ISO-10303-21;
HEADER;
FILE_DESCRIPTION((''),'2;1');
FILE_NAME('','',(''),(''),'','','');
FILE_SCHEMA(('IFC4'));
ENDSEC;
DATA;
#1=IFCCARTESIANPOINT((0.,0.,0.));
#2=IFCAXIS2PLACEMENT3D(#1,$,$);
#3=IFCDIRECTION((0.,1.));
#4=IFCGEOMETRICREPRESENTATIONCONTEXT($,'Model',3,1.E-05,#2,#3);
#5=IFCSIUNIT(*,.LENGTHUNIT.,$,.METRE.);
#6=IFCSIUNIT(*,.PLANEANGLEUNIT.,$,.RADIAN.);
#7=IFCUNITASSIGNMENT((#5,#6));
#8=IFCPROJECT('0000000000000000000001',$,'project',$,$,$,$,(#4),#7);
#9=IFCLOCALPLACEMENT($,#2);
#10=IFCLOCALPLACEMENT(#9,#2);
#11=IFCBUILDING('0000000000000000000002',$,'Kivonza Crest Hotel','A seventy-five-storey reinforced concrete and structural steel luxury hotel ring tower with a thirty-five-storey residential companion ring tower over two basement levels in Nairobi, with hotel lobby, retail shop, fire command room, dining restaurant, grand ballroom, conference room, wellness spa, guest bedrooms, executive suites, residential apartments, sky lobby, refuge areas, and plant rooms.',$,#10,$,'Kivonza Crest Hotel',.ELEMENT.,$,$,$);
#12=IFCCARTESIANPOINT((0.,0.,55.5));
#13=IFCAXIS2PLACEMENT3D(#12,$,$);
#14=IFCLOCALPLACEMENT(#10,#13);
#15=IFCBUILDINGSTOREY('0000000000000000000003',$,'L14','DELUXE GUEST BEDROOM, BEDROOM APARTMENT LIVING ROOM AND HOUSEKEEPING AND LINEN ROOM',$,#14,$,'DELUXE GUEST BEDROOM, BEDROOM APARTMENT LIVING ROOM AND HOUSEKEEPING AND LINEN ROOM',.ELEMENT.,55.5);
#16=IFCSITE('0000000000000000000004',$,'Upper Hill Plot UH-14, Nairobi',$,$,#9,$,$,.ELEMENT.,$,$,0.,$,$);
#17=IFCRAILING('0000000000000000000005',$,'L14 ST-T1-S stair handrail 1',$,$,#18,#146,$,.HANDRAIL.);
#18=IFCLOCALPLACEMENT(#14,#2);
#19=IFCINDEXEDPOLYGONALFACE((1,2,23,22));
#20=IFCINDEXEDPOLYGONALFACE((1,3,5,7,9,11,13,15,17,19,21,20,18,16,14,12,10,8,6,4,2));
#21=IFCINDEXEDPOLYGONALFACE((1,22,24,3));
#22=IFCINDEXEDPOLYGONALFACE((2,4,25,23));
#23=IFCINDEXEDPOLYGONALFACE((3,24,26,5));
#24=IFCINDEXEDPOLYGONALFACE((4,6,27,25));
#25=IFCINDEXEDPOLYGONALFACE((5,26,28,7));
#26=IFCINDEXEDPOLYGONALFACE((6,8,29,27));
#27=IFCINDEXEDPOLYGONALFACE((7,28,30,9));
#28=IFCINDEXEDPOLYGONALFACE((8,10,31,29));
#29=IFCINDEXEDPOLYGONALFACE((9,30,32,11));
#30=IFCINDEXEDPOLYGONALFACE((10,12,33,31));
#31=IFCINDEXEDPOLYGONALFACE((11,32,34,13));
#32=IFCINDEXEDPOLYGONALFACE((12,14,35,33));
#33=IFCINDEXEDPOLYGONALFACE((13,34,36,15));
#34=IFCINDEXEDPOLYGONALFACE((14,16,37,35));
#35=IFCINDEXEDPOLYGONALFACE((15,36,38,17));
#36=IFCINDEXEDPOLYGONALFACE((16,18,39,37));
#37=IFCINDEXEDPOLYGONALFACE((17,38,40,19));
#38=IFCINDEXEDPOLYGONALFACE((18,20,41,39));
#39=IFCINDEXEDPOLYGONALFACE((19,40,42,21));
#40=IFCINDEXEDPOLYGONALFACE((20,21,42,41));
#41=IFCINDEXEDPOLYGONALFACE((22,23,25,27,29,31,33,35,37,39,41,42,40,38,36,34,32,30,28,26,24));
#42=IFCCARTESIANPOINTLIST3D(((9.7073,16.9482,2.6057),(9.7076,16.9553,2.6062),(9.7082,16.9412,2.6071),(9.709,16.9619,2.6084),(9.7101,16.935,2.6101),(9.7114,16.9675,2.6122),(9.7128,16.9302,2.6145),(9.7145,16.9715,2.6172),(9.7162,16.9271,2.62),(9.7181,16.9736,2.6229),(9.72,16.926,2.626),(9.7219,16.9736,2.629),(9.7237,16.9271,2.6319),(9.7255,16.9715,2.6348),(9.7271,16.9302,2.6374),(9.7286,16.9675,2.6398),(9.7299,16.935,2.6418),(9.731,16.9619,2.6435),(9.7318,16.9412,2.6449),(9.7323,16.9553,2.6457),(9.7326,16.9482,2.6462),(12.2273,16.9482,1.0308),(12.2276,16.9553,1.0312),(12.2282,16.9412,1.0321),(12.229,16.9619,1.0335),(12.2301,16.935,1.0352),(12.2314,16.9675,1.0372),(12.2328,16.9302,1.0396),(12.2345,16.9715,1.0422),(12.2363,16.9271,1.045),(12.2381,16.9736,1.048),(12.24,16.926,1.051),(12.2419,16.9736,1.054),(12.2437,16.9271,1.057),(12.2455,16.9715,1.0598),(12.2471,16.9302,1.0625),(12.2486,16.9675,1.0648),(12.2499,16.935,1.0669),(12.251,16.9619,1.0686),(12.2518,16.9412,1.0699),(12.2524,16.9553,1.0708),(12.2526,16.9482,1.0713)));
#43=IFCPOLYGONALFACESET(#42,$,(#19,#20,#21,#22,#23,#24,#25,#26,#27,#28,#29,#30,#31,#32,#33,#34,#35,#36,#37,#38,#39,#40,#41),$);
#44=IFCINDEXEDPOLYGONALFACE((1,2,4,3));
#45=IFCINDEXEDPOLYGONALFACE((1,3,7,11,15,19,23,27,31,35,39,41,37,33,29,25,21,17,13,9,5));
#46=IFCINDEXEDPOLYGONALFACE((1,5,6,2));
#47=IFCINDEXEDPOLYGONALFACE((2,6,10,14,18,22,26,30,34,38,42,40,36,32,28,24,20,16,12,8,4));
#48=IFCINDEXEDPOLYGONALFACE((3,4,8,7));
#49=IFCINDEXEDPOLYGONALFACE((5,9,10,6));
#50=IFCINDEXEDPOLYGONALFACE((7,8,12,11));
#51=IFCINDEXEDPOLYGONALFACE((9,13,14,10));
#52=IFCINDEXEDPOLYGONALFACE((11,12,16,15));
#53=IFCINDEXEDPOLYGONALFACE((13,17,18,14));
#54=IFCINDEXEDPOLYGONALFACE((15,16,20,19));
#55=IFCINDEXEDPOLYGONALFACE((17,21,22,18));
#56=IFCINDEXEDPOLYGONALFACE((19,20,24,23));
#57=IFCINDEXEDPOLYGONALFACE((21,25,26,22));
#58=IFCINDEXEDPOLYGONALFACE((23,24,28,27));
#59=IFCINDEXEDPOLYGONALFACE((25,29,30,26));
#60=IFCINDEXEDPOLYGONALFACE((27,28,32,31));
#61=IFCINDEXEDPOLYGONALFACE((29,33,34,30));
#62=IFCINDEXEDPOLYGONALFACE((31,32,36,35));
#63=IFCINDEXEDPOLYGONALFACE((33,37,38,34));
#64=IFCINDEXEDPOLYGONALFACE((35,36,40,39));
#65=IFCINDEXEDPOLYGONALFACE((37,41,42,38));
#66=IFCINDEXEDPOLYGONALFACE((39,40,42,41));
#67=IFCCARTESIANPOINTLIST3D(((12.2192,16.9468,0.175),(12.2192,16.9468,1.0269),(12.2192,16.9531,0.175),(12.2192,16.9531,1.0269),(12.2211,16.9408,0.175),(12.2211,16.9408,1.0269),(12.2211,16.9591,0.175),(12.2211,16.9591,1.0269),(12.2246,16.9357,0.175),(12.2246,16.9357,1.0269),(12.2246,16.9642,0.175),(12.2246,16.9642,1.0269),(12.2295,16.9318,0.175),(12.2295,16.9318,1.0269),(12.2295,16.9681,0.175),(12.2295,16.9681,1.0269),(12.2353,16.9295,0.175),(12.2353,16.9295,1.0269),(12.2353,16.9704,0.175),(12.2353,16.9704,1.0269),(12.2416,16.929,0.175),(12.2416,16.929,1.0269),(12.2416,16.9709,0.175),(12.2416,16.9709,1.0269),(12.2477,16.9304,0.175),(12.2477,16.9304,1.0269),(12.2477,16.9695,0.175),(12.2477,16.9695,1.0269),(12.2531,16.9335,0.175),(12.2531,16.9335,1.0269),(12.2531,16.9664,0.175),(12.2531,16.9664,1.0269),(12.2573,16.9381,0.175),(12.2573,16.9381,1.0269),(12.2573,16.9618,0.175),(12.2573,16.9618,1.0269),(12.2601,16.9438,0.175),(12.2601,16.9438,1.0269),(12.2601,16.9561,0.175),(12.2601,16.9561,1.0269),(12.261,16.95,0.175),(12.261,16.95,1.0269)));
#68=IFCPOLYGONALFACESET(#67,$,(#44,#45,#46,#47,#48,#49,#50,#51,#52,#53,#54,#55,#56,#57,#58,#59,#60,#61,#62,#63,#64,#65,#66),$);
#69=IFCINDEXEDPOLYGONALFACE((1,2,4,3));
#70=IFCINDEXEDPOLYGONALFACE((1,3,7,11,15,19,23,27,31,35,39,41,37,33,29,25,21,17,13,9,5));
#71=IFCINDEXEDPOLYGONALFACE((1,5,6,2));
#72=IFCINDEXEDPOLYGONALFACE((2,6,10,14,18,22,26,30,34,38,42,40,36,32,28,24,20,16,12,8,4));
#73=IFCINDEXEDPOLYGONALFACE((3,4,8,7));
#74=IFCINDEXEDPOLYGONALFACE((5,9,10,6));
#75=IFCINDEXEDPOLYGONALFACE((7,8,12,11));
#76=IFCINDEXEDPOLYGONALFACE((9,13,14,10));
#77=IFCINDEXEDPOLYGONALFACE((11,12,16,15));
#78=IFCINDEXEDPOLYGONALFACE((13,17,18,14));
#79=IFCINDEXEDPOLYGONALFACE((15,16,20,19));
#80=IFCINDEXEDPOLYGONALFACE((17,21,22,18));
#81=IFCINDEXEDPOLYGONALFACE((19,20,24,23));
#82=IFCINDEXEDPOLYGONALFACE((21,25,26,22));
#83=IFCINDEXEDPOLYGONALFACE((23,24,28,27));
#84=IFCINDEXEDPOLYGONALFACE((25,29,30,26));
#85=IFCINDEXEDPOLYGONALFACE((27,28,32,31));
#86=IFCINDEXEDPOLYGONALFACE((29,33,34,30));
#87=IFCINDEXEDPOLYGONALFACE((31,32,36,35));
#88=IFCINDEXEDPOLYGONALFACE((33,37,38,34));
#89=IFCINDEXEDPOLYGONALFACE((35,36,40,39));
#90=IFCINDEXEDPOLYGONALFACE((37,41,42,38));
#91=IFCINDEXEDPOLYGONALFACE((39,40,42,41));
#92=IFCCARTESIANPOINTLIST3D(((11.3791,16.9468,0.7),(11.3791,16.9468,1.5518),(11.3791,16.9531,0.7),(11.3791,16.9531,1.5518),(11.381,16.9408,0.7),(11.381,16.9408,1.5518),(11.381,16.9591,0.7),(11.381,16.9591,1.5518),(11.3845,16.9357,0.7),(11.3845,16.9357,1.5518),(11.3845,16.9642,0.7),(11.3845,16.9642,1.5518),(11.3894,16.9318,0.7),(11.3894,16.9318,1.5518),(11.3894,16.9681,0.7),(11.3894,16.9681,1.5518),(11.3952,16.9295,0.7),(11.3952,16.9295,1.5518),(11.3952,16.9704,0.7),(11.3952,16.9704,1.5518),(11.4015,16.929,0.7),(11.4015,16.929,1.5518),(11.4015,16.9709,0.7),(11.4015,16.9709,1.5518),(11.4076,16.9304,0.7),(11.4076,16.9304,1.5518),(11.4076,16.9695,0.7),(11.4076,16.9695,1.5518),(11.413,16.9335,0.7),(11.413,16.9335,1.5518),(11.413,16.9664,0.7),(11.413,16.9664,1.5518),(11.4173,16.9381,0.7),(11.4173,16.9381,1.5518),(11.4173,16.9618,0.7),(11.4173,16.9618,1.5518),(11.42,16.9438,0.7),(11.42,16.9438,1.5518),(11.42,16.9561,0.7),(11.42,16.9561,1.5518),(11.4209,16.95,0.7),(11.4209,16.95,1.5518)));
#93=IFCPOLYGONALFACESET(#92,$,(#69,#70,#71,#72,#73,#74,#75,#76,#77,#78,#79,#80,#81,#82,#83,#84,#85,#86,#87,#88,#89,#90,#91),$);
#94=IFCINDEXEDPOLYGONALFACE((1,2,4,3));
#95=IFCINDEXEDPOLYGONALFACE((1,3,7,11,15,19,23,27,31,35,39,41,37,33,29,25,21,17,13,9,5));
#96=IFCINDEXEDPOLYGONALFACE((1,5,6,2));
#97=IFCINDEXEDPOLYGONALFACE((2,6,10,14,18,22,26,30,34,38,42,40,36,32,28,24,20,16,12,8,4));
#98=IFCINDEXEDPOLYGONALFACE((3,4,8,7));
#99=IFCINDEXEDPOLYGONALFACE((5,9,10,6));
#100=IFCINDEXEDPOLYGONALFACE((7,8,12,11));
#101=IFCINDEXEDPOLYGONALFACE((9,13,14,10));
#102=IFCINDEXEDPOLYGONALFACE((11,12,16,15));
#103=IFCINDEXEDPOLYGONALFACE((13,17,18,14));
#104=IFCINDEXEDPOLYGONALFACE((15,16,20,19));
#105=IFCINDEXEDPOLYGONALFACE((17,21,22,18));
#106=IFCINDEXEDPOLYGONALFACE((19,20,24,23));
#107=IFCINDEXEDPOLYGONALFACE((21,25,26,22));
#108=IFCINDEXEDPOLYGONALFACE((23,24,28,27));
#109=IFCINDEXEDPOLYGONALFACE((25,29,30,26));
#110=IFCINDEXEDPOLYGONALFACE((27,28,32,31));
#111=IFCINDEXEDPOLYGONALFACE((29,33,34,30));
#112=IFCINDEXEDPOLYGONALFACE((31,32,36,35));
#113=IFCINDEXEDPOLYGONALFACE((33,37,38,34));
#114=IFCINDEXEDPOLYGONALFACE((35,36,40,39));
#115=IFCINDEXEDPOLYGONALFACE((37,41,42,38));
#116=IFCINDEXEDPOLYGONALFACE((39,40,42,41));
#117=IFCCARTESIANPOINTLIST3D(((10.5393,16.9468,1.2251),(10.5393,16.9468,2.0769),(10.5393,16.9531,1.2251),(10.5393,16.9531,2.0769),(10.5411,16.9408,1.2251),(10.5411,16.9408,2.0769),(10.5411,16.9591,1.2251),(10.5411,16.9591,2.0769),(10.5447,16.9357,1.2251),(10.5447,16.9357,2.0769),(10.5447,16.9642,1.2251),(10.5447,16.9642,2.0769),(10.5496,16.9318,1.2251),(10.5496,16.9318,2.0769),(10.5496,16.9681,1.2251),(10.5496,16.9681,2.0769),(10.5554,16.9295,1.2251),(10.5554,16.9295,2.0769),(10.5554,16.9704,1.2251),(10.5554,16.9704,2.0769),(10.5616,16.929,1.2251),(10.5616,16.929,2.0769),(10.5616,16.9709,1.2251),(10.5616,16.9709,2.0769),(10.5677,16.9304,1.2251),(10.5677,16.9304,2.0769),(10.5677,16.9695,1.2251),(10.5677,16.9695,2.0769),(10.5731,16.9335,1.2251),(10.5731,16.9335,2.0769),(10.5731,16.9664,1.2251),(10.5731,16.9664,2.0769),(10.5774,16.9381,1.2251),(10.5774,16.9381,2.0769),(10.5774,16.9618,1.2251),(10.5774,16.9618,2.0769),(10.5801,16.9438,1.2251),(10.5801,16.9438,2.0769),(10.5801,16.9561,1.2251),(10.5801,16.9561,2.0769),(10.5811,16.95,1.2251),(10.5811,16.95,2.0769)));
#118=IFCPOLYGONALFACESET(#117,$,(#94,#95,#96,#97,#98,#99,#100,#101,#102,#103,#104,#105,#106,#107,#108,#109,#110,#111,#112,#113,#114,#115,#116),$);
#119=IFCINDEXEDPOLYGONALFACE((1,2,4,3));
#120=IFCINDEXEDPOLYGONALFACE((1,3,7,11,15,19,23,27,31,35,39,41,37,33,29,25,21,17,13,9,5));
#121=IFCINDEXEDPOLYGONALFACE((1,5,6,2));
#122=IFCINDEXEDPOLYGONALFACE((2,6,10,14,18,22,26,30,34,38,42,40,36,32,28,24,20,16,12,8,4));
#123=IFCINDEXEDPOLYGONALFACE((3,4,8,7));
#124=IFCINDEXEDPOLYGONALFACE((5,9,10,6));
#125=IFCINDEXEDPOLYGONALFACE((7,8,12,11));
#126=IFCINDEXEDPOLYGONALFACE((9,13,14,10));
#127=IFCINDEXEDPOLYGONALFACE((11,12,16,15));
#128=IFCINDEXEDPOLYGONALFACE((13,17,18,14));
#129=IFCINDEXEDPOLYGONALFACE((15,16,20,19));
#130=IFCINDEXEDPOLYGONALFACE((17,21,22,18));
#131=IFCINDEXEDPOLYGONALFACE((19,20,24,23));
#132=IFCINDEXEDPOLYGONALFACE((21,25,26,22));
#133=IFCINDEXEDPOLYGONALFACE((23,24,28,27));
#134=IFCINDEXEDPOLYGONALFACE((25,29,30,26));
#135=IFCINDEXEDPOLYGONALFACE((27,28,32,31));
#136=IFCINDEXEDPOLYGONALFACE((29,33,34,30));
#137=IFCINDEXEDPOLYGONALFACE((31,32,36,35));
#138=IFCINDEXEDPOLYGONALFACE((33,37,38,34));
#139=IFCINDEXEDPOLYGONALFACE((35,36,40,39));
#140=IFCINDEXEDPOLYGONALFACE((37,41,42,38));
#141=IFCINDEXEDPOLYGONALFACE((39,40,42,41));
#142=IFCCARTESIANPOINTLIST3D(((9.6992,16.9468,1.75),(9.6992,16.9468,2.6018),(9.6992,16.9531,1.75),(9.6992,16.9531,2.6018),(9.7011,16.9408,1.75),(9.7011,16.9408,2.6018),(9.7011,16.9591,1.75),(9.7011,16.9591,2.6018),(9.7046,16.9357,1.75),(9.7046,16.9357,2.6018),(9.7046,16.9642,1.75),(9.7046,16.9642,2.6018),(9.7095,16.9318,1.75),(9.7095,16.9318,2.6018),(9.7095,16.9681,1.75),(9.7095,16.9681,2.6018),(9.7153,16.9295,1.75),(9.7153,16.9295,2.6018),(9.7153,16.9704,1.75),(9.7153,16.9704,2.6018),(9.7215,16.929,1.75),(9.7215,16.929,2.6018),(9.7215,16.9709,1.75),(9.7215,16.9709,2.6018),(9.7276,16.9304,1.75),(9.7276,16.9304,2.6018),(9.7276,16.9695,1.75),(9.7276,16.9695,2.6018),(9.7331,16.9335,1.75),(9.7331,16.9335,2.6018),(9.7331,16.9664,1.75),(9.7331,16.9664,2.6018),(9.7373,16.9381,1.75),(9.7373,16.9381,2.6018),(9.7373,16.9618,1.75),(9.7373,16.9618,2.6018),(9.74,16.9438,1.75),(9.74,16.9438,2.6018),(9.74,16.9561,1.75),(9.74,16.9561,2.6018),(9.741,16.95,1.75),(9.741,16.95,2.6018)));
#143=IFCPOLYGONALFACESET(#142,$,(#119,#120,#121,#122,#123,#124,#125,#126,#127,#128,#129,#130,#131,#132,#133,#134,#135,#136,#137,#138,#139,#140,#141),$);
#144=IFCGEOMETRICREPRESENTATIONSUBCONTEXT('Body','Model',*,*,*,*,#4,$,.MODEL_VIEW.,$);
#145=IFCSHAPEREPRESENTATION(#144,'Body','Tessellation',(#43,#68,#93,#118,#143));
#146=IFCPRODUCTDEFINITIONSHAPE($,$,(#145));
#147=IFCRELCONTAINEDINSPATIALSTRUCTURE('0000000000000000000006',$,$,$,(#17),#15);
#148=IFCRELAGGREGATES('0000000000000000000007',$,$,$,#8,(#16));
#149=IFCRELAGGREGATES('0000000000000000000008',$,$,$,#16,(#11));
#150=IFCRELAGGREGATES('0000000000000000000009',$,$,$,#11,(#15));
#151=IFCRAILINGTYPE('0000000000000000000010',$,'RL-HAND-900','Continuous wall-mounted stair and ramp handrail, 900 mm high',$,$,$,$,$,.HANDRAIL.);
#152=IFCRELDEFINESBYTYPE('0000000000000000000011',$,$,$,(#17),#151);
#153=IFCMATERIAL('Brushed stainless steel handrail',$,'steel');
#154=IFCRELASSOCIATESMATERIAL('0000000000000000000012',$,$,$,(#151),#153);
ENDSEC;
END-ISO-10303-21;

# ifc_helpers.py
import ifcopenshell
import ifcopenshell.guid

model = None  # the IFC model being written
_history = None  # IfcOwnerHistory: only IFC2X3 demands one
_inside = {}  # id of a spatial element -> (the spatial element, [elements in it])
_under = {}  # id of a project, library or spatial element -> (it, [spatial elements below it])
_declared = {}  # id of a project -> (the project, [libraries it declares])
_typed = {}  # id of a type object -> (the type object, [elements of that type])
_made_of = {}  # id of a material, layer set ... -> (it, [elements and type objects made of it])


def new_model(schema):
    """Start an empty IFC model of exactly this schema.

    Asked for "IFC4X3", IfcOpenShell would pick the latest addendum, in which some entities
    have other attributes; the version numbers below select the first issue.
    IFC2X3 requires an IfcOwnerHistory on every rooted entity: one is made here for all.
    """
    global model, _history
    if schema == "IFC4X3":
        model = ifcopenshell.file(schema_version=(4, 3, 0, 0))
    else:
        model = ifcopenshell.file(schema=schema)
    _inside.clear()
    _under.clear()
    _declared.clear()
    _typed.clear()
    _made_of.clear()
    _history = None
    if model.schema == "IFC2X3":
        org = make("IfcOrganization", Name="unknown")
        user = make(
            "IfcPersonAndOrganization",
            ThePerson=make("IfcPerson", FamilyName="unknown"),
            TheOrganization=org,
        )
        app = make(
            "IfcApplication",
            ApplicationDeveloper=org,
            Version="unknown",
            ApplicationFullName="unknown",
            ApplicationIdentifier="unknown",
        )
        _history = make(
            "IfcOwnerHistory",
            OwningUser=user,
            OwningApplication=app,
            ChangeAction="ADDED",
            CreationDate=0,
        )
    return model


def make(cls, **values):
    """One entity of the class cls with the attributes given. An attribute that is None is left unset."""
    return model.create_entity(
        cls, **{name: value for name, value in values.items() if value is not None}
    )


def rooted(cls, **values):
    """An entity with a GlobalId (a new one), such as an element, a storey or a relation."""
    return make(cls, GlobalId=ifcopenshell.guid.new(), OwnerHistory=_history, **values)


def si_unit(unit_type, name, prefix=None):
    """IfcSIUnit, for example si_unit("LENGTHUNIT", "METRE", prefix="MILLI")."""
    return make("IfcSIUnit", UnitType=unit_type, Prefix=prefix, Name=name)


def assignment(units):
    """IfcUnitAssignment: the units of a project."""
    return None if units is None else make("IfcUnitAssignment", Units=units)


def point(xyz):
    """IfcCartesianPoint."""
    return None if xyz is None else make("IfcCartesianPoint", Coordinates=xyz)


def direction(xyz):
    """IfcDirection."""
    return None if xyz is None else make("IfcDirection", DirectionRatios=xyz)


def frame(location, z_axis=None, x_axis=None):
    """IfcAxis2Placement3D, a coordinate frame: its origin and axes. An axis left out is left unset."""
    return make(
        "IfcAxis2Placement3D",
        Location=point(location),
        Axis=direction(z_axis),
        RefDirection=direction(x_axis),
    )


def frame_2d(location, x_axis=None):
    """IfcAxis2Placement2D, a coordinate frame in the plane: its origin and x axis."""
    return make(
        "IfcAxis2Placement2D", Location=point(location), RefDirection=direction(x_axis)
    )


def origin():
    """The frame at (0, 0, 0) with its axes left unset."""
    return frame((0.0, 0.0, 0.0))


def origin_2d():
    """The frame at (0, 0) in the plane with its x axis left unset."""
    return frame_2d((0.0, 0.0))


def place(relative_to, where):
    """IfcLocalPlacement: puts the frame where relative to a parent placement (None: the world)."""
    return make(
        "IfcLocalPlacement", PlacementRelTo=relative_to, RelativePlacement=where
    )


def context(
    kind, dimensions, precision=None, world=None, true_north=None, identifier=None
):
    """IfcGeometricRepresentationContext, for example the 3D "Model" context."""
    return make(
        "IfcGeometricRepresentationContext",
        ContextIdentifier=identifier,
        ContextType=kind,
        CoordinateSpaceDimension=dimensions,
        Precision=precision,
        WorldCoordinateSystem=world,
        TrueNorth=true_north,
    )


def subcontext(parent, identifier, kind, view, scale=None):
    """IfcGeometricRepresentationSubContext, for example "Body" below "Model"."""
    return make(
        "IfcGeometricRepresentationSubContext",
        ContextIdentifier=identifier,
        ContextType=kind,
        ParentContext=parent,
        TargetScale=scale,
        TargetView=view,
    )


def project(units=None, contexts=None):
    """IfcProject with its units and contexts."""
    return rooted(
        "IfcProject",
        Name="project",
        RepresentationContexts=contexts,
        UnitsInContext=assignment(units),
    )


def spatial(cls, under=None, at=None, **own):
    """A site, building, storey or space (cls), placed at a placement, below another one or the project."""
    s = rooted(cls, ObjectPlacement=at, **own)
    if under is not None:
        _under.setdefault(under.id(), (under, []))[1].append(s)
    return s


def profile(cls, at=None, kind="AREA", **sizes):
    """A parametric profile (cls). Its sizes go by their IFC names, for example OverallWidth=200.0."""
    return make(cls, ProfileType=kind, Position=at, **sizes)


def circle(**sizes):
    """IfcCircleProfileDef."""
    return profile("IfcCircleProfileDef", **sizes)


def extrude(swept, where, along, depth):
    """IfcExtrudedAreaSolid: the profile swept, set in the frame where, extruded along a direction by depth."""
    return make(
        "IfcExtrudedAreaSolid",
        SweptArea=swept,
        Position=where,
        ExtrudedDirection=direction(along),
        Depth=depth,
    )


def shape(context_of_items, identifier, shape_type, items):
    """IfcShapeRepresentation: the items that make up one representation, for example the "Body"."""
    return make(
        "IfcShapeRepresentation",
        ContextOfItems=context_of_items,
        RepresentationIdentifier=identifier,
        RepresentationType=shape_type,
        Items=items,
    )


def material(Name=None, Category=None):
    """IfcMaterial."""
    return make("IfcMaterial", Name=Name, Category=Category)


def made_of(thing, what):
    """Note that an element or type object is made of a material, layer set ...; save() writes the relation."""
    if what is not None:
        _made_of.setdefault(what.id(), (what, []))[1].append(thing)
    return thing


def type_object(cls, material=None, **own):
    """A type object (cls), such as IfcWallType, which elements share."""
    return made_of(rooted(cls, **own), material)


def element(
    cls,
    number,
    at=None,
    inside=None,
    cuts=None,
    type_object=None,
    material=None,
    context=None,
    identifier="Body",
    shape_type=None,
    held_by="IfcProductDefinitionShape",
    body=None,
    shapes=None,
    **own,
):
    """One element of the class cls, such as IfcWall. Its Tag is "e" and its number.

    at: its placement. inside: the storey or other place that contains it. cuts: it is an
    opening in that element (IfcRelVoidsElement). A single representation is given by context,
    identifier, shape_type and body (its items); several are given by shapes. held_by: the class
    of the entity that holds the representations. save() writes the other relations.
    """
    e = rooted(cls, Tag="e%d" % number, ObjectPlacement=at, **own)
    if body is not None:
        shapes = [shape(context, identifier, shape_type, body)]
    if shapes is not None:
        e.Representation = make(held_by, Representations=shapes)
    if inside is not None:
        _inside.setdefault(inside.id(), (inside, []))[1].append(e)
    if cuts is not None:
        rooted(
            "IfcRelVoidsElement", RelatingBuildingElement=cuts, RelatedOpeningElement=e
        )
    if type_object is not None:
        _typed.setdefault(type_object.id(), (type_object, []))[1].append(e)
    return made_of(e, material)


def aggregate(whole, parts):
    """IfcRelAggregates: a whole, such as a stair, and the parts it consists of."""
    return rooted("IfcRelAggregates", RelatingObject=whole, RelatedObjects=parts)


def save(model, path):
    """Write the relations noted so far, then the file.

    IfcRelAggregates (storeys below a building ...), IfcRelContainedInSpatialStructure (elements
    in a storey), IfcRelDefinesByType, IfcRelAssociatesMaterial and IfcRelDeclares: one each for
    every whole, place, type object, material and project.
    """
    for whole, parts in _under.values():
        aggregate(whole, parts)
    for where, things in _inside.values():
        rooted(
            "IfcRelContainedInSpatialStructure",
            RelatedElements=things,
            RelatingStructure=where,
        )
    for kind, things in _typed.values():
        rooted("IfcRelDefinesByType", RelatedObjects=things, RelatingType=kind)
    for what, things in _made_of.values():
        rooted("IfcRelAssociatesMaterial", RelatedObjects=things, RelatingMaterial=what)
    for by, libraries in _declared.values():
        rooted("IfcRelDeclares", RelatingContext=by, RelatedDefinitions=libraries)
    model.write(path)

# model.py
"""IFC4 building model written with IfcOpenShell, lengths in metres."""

from ifc_helpers import new_model, si_unit, direction, frame, origin, origin_2d, place, context, subcontext, project, spatial, circle, extrude, material, type_object, element, save


model = new_model("IFC4")

# Units and contexts
model_context = context("Model", 3, precision=1e-05, world=origin(), true_north=direction((0.0, 1.0)))
body_context = subcontext(model_context, "Body", "Model", "MODEL_VIEW")
ifc_project = project(units=[si_unit("LENGTHUNIT", "METRE"), si_unit("PLANEANGLEUNIT", "RADIAN")], contexts=[model_context])

# Site, building, storey
site_placement = place(None, origin())
site = spatial("IfcSite", under=ifc_project, at=site_placement, Name="Upper Hill Plot UH-14, Nairobi", CompositionType="ELEMENT", RefElevation=0.0)
building_placement = place(site_placement, origin())
building = spatial("IfcBuilding", under=site, at=building_placement, Name="Kivonza Crest Hotel", Description="A seventy-five-storey reinforced concrete and structural steel luxury hotel ring tower with a thirty-five-storey residential companion ring tower over two basement levels in Nairobi, with hotel lobby, retail shop, fire command room, dining restaurant, grand ballroom, conference room, wellness spa, guest bedrooms, executive suites, residential apartments, sky lobby, refuge areas, and plant rooms.", LongName="Kivonza Crest Hotel", CompositionType="ELEMENT")
storey_placement = place(building_placement, frame((0.0, 0.0, 55.5)))
storey = spatial("IfcBuildingStorey", under=building, at=storey_placement, Name="L14", Description="DELUXE GUEST BEDROOM, BEDROOM APARTMENT LIVING ROOM AND HOUSEKEEPING AND LINEN ROOM", LongName="DELUXE GUEST BEDROOM, BEDROOM APARTMENT LIVING ROOM AND HOUSEKEEPING AND LINEN ROOM", CompositionType="ELEMENT", Elevation=55.5)

# Railing
ifc_material_1 = material(Name="Brushed stainless steel handrail", Category="steel")
railing_type_1 = type_object("IfcRailingType", Name="RL-HAND-900", Description="Continuous wall-mounted stair and ramp handrail, 900 mm high", PredefinedType="HANDRAIL", material=ifc_material_1)
railing_1_placement = place(storey_placement, frame((12.24, 16.95, 0.175)))
element("IfcRailing", 1, at=railing_1_placement, inside=storey, type_object=railing_type_1, Name="L14 ST-T1-S stair handrail 1", PredefinedType="HANDRAIL", context=body_context, shape_type="SweptSolid", body=[
    extrude(circle(Radius=0.0239, at=origin_2d()), frame((0.0, 0.0, 0.876), z_axis=(-0.848008, 0.0, 0.529984), x_axis=(0.0, -1.0, 0.0)), (0.0, 0.0, 1.0), 2.9717),
    extrude(circle(Radius=0.021, at=origin_2d()), origin(), (0.0, 0.0, 1.0), 0.8518),
    extrude(circle(Radius=0.021, at=origin_2d()), frame((-0.8401, 0.0, 0.5249)), (0.0, 0.0, 1.0), 0.8518),
    extrude(circle(Radius=0.021, at=origin_2d()), frame((-1.6799, 0.0, 1.05)), (0.0, 0.0, 1.0), 0.8518),
    extrude(circle(Radius=0.021, at=origin_2d()), frame((-2.52, 0.0, 1.575)), (0.0, 0.0, 1.0), 0.8518),
])

save(model, "model.ifc")
